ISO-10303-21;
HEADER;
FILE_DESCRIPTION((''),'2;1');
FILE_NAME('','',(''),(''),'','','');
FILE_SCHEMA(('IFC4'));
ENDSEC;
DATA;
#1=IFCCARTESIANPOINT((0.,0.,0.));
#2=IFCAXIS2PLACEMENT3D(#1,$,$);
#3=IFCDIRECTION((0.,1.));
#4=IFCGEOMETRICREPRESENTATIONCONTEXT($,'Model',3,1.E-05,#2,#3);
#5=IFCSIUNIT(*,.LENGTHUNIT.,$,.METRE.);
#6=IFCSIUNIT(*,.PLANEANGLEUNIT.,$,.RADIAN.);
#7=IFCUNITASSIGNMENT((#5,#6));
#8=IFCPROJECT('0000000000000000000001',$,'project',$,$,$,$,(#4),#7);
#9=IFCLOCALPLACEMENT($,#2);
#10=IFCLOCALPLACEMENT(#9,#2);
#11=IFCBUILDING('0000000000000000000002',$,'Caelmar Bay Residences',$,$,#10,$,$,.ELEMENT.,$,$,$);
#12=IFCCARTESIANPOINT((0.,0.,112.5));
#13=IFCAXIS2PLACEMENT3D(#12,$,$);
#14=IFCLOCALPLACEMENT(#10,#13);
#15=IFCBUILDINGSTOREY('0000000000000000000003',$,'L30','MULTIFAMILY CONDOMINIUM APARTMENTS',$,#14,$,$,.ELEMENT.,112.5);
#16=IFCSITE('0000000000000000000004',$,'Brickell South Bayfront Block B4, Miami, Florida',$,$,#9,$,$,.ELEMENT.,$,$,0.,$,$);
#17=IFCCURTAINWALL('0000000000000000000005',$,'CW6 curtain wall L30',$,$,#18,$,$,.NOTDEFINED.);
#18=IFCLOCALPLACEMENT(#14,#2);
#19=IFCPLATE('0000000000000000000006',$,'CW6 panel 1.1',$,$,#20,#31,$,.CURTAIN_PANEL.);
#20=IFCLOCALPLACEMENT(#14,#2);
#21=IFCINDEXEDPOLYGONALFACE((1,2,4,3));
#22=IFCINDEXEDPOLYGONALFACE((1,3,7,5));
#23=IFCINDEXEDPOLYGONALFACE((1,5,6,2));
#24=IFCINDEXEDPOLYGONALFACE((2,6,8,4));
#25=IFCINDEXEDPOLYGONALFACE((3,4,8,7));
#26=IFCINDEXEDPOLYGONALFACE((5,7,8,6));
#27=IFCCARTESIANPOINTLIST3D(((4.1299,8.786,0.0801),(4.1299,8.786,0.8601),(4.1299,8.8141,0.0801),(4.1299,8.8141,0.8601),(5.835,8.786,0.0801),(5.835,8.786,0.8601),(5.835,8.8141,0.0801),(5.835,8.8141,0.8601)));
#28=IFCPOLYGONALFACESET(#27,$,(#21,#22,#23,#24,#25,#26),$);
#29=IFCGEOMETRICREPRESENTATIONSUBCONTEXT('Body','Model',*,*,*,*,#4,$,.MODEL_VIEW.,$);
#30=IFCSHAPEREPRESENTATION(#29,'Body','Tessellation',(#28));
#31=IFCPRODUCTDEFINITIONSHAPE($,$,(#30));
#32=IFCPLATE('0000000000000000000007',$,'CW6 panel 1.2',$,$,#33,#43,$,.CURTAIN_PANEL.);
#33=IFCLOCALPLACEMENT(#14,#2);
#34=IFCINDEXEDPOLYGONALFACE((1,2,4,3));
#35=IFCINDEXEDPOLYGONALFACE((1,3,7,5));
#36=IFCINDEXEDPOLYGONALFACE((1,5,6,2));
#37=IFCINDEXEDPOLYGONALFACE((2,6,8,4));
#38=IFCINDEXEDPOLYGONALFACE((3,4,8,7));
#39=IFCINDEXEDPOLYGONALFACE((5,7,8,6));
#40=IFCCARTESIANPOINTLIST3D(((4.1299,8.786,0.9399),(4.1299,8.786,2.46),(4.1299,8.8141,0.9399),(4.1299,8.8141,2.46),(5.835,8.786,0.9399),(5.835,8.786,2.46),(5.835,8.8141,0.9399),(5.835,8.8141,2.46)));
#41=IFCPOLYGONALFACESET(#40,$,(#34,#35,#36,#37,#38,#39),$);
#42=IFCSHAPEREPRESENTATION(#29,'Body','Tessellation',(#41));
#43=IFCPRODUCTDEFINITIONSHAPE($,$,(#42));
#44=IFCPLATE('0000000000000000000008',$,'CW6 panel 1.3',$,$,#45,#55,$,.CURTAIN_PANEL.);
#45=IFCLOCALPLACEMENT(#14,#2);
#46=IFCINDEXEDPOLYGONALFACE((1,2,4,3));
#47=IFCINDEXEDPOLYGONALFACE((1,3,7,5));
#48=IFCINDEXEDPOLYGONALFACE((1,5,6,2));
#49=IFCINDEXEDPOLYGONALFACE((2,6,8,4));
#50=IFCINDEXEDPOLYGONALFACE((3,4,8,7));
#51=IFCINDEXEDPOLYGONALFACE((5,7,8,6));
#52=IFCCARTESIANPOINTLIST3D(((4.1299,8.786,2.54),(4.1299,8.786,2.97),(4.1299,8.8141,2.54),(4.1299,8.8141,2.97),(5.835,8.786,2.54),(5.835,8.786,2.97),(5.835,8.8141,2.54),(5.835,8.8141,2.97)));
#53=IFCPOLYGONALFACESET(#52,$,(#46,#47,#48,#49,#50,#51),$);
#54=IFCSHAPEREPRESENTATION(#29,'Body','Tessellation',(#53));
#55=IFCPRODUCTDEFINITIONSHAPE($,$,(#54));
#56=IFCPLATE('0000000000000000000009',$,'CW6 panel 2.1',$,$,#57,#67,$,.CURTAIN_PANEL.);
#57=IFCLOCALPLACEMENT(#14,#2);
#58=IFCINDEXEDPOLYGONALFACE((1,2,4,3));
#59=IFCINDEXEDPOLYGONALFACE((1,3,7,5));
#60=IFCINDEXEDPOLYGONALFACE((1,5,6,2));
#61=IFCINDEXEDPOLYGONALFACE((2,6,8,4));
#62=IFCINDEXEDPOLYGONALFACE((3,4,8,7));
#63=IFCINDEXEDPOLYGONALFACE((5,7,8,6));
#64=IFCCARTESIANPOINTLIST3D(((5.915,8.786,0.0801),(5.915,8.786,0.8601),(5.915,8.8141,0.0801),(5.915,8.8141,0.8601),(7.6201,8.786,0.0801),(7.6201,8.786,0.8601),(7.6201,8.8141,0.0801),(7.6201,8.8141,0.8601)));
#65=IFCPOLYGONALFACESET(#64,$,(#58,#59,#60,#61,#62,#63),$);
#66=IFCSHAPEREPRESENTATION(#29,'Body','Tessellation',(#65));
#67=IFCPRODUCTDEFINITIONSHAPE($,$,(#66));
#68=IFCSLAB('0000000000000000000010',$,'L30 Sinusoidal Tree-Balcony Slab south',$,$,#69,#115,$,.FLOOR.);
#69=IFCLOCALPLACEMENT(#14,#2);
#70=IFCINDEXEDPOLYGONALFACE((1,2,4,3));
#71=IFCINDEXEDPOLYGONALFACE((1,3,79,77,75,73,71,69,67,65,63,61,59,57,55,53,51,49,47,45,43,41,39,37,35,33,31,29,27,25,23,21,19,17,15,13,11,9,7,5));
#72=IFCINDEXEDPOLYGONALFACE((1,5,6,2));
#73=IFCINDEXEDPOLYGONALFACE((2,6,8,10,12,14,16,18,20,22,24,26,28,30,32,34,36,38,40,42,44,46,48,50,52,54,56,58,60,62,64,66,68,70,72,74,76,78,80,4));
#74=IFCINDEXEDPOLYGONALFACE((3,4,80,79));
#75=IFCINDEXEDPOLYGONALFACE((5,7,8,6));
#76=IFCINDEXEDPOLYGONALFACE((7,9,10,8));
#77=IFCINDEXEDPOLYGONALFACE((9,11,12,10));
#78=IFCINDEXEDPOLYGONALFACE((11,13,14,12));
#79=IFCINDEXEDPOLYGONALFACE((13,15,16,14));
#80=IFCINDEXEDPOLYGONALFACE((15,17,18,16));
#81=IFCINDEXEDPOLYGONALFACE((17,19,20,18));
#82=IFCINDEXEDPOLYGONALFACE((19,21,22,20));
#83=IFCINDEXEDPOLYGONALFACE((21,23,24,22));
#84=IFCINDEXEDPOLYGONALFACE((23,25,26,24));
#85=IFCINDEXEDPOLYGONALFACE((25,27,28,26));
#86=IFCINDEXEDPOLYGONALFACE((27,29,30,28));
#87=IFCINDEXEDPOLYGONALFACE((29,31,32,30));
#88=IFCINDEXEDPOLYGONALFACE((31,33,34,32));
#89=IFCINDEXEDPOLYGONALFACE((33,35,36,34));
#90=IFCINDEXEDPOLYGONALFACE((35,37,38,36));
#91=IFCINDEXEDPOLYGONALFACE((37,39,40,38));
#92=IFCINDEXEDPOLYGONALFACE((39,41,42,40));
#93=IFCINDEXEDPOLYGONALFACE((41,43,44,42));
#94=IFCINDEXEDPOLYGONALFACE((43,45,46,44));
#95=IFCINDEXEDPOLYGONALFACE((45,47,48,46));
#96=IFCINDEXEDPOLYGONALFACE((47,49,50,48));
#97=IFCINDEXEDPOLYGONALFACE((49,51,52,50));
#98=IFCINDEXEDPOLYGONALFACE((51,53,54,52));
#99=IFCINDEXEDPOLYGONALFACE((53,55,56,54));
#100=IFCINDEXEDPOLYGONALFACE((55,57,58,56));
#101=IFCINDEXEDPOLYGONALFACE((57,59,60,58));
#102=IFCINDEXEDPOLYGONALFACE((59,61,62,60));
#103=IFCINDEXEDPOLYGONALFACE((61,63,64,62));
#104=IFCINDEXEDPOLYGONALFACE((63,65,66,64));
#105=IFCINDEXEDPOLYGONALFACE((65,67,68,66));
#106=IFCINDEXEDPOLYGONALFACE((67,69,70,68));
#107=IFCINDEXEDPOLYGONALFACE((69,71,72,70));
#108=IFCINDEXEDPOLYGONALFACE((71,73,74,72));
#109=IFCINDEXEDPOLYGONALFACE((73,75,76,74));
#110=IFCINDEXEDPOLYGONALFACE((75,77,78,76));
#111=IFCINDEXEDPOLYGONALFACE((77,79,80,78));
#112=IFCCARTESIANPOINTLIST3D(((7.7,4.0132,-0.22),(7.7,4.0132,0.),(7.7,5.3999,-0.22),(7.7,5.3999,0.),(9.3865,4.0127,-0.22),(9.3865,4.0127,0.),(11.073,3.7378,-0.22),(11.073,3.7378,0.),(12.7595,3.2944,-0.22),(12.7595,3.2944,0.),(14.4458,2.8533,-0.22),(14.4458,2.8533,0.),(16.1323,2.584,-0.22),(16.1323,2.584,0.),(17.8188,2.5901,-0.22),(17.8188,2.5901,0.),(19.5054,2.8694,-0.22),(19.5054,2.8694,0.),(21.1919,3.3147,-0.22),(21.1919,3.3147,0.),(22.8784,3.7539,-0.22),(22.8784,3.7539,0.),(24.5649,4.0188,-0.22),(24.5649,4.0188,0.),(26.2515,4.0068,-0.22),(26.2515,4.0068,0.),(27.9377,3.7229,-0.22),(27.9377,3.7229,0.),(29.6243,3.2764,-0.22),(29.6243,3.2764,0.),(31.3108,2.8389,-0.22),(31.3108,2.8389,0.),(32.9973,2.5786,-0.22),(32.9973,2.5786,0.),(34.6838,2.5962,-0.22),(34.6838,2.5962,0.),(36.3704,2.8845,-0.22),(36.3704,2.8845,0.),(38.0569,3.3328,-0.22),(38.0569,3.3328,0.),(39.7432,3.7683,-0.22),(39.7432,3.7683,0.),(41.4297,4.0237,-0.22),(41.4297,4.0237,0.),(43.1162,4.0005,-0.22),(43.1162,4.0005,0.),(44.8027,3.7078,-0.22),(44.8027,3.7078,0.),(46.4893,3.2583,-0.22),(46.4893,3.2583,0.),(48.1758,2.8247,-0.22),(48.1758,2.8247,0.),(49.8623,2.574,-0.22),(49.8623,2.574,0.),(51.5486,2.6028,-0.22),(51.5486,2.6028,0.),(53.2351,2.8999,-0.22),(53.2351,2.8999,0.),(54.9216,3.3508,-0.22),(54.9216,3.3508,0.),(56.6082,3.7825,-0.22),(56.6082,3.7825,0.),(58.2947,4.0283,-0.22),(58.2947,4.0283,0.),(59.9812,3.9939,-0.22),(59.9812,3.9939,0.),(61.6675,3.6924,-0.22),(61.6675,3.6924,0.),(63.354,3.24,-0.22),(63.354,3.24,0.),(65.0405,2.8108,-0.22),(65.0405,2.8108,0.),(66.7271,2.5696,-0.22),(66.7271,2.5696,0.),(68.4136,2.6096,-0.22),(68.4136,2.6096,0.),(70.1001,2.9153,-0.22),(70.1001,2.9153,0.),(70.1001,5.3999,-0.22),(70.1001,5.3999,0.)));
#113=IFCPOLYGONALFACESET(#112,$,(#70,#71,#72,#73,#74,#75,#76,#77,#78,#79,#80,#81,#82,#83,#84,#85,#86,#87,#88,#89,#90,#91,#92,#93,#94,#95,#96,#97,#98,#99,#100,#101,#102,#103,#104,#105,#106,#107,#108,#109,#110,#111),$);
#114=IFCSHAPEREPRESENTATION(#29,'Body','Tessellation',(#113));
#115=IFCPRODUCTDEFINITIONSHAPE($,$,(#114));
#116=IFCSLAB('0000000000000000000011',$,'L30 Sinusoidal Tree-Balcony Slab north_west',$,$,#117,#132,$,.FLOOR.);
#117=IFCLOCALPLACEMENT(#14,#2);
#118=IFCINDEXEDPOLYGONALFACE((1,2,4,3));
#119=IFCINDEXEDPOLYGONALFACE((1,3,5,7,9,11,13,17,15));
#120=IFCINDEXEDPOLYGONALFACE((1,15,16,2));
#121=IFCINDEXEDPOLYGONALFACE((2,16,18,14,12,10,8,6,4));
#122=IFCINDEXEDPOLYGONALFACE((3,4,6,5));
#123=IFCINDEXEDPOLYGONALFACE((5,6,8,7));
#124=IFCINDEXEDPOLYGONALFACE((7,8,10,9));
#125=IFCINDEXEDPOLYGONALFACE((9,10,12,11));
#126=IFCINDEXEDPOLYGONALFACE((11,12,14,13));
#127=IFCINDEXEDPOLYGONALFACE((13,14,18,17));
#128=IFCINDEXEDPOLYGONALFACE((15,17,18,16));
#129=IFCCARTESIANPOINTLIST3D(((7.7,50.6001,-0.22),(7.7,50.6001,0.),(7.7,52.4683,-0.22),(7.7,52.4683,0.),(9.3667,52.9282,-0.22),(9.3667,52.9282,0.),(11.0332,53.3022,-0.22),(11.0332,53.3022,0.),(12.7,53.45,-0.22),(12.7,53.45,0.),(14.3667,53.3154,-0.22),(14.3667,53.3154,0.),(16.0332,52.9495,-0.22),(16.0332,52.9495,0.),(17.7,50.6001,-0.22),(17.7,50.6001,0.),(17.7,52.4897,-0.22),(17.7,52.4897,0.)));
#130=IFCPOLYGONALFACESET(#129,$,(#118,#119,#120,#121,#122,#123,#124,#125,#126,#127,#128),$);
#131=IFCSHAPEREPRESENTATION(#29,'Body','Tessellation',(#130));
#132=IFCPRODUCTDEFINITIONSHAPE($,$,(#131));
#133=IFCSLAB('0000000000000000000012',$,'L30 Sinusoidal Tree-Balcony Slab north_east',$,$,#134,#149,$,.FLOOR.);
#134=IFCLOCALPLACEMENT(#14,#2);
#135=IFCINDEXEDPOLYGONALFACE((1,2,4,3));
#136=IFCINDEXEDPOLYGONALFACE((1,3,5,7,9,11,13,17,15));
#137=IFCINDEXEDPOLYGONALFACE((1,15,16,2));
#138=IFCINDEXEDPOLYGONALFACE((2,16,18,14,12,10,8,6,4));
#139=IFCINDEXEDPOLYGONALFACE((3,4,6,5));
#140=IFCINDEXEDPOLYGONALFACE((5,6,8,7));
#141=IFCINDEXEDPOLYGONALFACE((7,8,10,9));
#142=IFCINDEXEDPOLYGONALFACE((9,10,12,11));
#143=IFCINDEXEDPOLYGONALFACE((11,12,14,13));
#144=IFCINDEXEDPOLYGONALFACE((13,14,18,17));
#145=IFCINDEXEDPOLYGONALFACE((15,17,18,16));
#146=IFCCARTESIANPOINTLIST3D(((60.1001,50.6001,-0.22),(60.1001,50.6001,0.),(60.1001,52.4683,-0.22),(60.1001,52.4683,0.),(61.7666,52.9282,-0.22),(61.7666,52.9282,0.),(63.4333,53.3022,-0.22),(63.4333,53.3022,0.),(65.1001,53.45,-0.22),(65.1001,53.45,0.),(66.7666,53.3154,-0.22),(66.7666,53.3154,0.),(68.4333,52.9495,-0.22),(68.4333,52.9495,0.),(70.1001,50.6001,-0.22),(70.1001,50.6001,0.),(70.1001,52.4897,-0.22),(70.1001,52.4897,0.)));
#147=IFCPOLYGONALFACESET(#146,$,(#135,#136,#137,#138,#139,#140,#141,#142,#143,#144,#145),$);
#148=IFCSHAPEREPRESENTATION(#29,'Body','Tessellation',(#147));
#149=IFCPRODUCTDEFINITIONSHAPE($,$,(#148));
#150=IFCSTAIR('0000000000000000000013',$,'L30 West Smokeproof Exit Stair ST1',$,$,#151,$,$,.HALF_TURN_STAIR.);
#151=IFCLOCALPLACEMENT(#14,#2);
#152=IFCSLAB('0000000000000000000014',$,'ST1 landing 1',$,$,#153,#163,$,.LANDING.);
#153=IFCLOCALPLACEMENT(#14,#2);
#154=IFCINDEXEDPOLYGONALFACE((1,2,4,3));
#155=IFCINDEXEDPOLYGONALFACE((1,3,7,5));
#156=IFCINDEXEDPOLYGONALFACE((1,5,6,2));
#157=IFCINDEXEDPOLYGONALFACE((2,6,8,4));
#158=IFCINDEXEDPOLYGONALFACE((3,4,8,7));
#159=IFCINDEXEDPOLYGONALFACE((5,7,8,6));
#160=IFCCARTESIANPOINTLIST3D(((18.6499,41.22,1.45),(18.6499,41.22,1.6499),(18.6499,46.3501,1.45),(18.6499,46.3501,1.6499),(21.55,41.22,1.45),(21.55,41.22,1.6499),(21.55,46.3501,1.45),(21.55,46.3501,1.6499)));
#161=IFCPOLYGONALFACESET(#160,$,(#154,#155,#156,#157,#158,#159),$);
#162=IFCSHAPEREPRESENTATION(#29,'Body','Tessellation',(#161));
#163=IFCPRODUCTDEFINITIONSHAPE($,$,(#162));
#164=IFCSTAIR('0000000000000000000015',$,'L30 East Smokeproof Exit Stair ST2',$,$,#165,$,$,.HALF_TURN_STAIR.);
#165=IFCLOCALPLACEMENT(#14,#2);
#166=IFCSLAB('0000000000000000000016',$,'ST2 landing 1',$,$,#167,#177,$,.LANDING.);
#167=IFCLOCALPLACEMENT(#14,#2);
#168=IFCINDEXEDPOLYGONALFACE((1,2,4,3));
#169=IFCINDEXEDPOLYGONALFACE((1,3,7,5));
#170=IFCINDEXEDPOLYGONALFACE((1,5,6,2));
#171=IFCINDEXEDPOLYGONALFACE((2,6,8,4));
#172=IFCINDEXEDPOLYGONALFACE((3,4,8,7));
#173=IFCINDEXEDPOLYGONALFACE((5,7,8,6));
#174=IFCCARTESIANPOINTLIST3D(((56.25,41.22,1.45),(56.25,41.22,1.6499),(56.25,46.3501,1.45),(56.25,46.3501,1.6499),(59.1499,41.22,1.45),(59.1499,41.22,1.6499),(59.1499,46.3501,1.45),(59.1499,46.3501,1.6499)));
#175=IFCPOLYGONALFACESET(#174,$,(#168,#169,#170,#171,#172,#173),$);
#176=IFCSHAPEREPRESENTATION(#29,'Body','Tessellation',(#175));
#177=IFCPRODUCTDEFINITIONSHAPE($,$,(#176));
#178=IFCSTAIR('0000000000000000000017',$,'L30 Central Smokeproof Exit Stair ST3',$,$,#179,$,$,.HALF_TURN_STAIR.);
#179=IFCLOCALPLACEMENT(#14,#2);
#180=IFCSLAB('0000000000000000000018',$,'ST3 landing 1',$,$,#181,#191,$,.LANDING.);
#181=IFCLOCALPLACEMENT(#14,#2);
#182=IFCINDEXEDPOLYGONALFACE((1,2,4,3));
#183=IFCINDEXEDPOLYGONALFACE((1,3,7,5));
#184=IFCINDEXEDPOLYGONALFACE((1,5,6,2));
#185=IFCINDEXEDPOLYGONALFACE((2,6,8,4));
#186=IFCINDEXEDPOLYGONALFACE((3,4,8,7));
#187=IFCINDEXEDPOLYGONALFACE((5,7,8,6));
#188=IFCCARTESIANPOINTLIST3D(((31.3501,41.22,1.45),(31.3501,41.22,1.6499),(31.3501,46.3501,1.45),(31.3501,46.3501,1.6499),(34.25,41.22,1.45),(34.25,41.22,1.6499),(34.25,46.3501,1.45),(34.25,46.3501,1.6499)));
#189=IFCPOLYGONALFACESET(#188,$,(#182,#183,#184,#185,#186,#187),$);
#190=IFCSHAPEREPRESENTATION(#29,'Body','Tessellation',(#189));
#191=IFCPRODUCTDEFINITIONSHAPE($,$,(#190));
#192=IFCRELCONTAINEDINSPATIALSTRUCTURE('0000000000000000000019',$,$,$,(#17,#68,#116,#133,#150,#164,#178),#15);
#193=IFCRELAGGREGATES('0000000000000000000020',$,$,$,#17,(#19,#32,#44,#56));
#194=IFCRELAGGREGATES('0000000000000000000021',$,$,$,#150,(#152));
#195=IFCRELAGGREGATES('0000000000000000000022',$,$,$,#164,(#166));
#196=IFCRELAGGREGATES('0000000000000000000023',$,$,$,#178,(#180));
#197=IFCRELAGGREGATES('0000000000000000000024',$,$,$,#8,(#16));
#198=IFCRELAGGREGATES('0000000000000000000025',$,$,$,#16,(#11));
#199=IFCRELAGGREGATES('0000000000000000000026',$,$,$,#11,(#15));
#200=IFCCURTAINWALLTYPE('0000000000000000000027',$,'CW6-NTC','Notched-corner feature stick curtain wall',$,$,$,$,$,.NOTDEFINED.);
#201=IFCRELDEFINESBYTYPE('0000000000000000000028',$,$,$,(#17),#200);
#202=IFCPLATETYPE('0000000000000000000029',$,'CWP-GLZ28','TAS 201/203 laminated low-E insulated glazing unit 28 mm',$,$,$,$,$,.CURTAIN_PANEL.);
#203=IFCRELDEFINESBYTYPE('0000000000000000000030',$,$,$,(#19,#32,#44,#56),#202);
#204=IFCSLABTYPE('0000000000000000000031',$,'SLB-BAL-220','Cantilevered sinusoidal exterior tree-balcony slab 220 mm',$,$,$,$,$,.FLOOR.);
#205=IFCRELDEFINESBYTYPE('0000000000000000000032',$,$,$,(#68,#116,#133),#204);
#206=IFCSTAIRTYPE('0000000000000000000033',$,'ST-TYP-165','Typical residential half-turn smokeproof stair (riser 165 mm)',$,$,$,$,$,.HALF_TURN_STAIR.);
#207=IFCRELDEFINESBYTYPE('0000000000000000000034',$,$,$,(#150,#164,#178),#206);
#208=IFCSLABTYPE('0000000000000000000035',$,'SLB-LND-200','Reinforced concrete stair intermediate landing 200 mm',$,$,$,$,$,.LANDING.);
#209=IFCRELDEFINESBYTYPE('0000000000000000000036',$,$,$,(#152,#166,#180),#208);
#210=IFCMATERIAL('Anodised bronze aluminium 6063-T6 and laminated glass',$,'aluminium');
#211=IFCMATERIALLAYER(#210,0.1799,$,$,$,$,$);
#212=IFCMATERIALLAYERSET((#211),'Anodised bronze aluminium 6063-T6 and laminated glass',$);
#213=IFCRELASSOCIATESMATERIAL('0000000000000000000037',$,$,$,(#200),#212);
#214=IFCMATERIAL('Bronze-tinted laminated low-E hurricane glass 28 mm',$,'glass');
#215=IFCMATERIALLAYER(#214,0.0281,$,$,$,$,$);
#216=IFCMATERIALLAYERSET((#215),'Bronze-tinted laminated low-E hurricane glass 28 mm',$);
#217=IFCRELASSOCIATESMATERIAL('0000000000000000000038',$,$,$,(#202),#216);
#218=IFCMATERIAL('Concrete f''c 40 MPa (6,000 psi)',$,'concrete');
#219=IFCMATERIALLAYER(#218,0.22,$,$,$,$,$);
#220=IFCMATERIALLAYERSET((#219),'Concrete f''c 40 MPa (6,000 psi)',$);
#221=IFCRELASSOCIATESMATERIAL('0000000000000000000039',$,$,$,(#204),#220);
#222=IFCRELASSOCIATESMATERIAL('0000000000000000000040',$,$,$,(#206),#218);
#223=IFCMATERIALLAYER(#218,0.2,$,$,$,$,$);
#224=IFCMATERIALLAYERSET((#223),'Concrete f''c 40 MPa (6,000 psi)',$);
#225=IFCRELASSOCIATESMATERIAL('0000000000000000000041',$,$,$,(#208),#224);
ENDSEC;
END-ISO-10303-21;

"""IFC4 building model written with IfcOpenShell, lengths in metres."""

from ifc_helpers import new_model, si_unit, direction, frame, origin, origin_2d, place, context, subcontext, project, spatial, polyline, rectangle, outline, extrude, material, layer, layer_set, type_object, element, aggregate, save


model = new_model("IFC4")

# Units and contexts
model_context = context("Model", 3, precision=1e-05, world=origin(), true_north=direction((0.0, 1.0)))
body_context = subcontext(model_context, "Body", "Model", "MODEL_VIEW")
ifc_project = project(units=[si_unit("LENGTHUNIT", "METRE"), si_unit("PLANEANGLEUNIT", "RADIAN")], contexts=[model_context])

# Site, building, storey
site_placement = place(None, origin())
site = spatial("IfcSite", under=ifc_project, at=site_placement, Name="Brickell South Bayfront Block B4, Miami, Florida", CompositionType="ELEMENT", RefElevation=0.0)
building_placement = place(site_placement, origin())
building = spatial("IfcBuilding", under=site, at=building_placement, Name="Caelmar Bay Residences", CompositionType="ELEMENT")
storey_placement = place(building_placement, frame((0.0, 0.0, 112.5)))
storey = spatial("IfcBuildingStorey", under=building, at=storey_placement, Name="L30", Description="MULTIFAMILY CONDOMINIUM APARTMENTS", CompositionType="ELEMENT", Elevation=112.5)

# Curtain wall
ifc_material_1 = material(Name="Anodised bronze aluminium 6063-T6 and laminated glass", Category="aluminium")
ifc_layer_1 = layer(ifc_material_1, 0.1799)
ifc_layer_set_1 = layer_set([ifc_layer_1], Name="Anodised bronze aluminium 6063-T6 and laminated glass")
curtain_wall_type_1 = type_object("IfcCurtainWallType", Name="CW6-NTC", Description="Notched-corner feature stick curtain wall", PredefinedType="NOTDEFINED", material=ifc_layer_set_1)
curtain_wall_1_placement = place(storey_placement, origin())
curtain_wall_1 = element("IfcCurtainWall", 1, at=curtain_wall_1_placement, inside=storey, type_object=curtain_wall_type_1, Name="CW6 curtain wall L30", PredefinedType="NOTDEFINED")

# Plates
ifc_material_2 = material(Name="Bronze-tinted laminated low-E hurricane glass 28 mm", Category="glass")
ifc_layer_2 = layer(ifc_material_2, 0.0281)
ifc_layer_set_2 = layer_set([ifc_layer_2], Name="Bronze-tinted laminated low-E hurricane glass 28 mm")
plate_type = type_object("IfcPlateType", Name="CWP-GLZ28", Description="TAS 201/203 laminated low-E insulated glazing unit 28 mm", PredefinedType="CURTAIN_PANEL", material=ifc_layer_set_2)
plate_1_placement = place(storey_placement, frame((4.9824, 8.8, 0.0801), z_axis=(0.0, 0.0, 1.0), x_axis=(1.0, 0.0, 0.0)))
plate_1 = element("IfcPlate", 2, at=plate_1_placement, type_object=plate_type, Name="CW6 panel 1.1", PredefinedType="CURTAIN_PANEL", context=body_context, shape_type="SweptSolid", body=[
    extrude(rectangle(XDim=1.7051, YDim=0.0281, at=origin_2d()), origin(), (0.0, 0.0, 1.0), 0.78),
])
plate_2_placement = place(storey_placement, frame((4.9824, 8.8, 0.9399), z_axis=(0.0, 0.0, 1.0), x_axis=(1.0, 0.0, 0.0)))
plate_2 = element("IfcPlate", 3, at=plate_2_placement, type_object=plate_type, Name="CW6 panel 1.2", PredefinedType="CURTAIN_PANEL", context=body_context, shape_type="SweptSolid", body=[
    extrude(rectangle(XDim=1.7051, YDim=0.0281, at=origin_2d()), origin(), (0.0, 0.0, 1.0), 1.52),
])
plate_3_placement = place(storey_placement, frame((4.9824, 8.8, 2.54), z_axis=(0.0, 0.0, 1.0), x_axis=(1.0, 0.0, 0.0)))
plate_3 = element("IfcPlate", 4, at=plate_3_placement, type_object=plate_type, Name="CW6 panel 1.3", PredefinedType="CURTAIN_PANEL", context=body_context, shape_type="SweptSolid", body=[
    extrude(rectangle(XDim=1.7051, YDim=0.0281, at=origin_2d()), origin(), (0.0, 0.0, 1.0), 0.4299),
])
plate_4_placement = place(storey_placement, frame((6.7676, 8.8, 0.0801), z_axis=(0.0, 0.0, 1.0), x_axis=(1.0, 0.0, 0.0)))
plate_4 = element("IfcPlate", 5, at=plate_4_placement, type_object=plate_type, Name="CW6 panel 2.1", PredefinedType="CURTAIN_PANEL", context=body_context, shape_type="SweptSolid", body=[
    extrude(rectangle(XDim=1.7051, YDim=0.0281, at=origin_2d()), origin(), (0.0, 0.0, 1.0), 0.78),
])
aggregate(curtain_wall_1, [plate_1, plate_2, plate_3, plate_4])

# Slabs
ifc_material_3 = material(Name="Concrete f'c 40 MPa (6,000 psi)", Category="concrete")
ifc_layer_3 = layer(ifc_material_3, 0.22)
ifc_layer_set_3 = layer_set([ifc_layer_3], Name="Concrete f'c 40 MPa (6,000 psi)")
slab_type_1 = type_object("IfcSlabType", Name="SLB-BAL-220", Description="Cantilevered sinusoidal exterior tree-balcony slab 220 mm", PredefinedType="FLOOR", material=ifc_layer_set_3)
slab_1_placement = place(storey_placement, frame((0.0, 0.0, -0.22)))
element("IfcSlab", 6, at=slab_1_placement, inside=storey, type_object=slab_type_1, Name="L30 Sinusoidal Tree-Balcony Slab south", PredefinedType="FLOOR", context=body_context, shape_type="SweptSolid", body=[
    extrude(outline(polyline([(7.7, 4.0132), (9.3865, 4.0127), (11.073, 3.7378), (12.7595, 3.2944), (14.4458, 2.8533), (16.1323, 2.584), (17.8188, 2.5901), (19.5054, 2.8694), (21.1919, 3.3147), (22.8784, 3.7539), (24.5649, 4.0188), (26.2515, 4.0068), (27.9377, 3.7229), (29.6243, 3.2764), (31.3108, 2.8389), (32.9973, 2.5786), (34.6838, 2.5962), (36.3704, 2.8845), (38.0569, 3.3328), (39.7432, 3.7683), (41.4297, 4.0237), (43.1162, 4.0005), (44.8027, 3.7078), (46.4893, 3.2583), (48.1758, 2.8247), (49.8623, 2.574), (51.5486, 2.6028), (53.2351, 2.8999), (54.9216, 3.3508), (56.6082, 3.7825), (58.2947, 4.0283), (59.9812, 3.9939), (61.6675, 3.6924), (63.354, 3.24), (65.0405, 2.8108), (66.7271, 2.5696), (68.4136, 2.6096), (70.1001, 2.9153), (70.1001, 5.3999), (7.7, 5.3999), (7.7, 4.0132)])), origin(), (0.0, 0.0, 1.0), 0.22),
])
slab_2_placement = place(storey_placement, frame((0.0, 0.0, -0.22)))
element("IfcSlab", 7, at=slab_2_placement, inside=storey, type_object=slab_type_1, Name="L30 Sinusoidal Tree-Balcony Slab north_west", PredefinedType="FLOOR", context=body_context, shape_type="SweptSolid", body=[
    extrude(outline(polyline([(7.7, 50.6001), (17.7, 50.6001), (17.7, 52.4897), (16.0332, 52.9495), (14.3667, 53.3154), (12.7, 53.45), (11.0332, 53.3022), (9.3667, 52.9282), (7.7, 52.4683), (7.7, 50.6001)])), origin(), (0.0, 0.0, 1.0), 0.22),
])
slab_3_placement = place(storey_placement, frame((0.0, 0.0, -0.22)))
element("IfcSlab", 8, at=slab_3_placement, inside=storey, type_object=slab_type_1, Name="L30 Sinusoidal Tree-Balcony Slab north_east", PredefinedType="FLOOR", context=body_context, shape_type="SweptSolid", body=[
    extrude(outline(polyline([(60.1001, 50.6001), (70.1001, 50.6001), (70.1001, 52.4897), (68.4333, 52.9495), (66.7666, 53.3154), (65.1001, 53.45), (63.4333, 53.3022), (61.7666, 52.9282), (60.1001, 52.4683), (60.1001, 50.6001)])), origin(), (0.0, 0.0, 1.0), 0.22),
])

# Stairs, slabs
stair_type = type_object("IfcStairType", Name="ST-TYP-165", Description="Typical residential half-turn smokeproof stair (riser 165 mm)", PredefinedType="HALF_TURN_STAIR", material=ifc_material_3)
stair_1_placement = place(storey_placement, origin())
stair_1 = element("IfcStair", 9, at=stair_1_placement, inside=storey, type_object=stair_type, Name="L30 West Smokeproof Exit Stair ST1", PredefinedType="HALF_TURN_STAIR")
ifc_layer_4 = layer(ifc_material_3, 0.2)
ifc_layer_set_4 = layer_set([ifc_layer_4], Name="Concrete f'c 40 MPa (6,000 psi)")
slab_type_2 = type_object("IfcSlabType", Name="SLB-LND-200", Description="Reinforced concrete stair intermediate landing 200 mm", PredefinedType="LANDING", material=ifc_layer_set_4)
slab_4_placement = place(storey_placement, frame((0.0, 0.0, 1.45)))
slab_4 = element("IfcSlab", 10, at=slab_4_placement, type_object=slab_type_2, Name="ST1 landing 1", PredefinedType="LANDING", context=body_context, shape_type="SweptSolid", body=[
    extrude(outline(polyline([(21.55, 41.22), (21.55, 46.3501), (18.6499, 46.3501), (18.6499, 41.22), (21.55, 41.22)])), origin(), (0.0, 0.0, 1.0), 0.2),
])
aggregate(stair_1, [slab_4])
stair_2_placement = place(storey_placement, origin())
stair_2 = element("IfcStair", 11, at=stair_2_placement, inside=storey, type_object=stair_type, Name="L30 East Smokeproof Exit Stair ST2", PredefinedType="HALF_TURN_STAIR")
slab_5_placement = place(storey_placement, frame((0.0, 0.0, 1.45)))
slab_5 = element("IfcSlab", 12, at=slab_5_placement, type_object=slab_type_2, Name="ST2 landing 1", PredefinedType="LANDING", context=body_context, shape_type="SweptSolid", body=[
    extrude(outline(polyline([(59.1499, 41.22), (59.1499, 46.3501), (56.25, 46.3501), (56.25, 41.22), (59.1499, 41.22)])), origin(), (0.0, 0.0, 1.0), 0.2),
])
aggregate(stair_2, [slab_5])
stair_3_placement = place(storey_placement, origin())
stair_3 = element("IfcStair", 13, at=stair_3_placement, inside=storey, type_object=stair_type, Name="L30 Central Smokeproof Exit Stair ST3", PredefinedType="HALF_TURN_STAIR")
slab_6_placement = place(storey_placement, frame((0.0, 0.0, 1.45)))
slab_6 = element("IfcSlab", 14, at=slab_6_placement, type_object=slab_type_2, Name="ST3 landing 1", PredefinedType="LANDING", context=body_context, shape_type="SweptSolid", body=[
    extrude(outline(polyline([(34.25, 41.22), (34.25, 46.3501), (31.3501, 46.3501), (31.3501, 41.22), (34.25, 41.22)])), origin(), (0.0, 0.0, 1.0), 0.2),
])
aggregate(stair_3, [slab_6])

save(model, "model.ifc")
